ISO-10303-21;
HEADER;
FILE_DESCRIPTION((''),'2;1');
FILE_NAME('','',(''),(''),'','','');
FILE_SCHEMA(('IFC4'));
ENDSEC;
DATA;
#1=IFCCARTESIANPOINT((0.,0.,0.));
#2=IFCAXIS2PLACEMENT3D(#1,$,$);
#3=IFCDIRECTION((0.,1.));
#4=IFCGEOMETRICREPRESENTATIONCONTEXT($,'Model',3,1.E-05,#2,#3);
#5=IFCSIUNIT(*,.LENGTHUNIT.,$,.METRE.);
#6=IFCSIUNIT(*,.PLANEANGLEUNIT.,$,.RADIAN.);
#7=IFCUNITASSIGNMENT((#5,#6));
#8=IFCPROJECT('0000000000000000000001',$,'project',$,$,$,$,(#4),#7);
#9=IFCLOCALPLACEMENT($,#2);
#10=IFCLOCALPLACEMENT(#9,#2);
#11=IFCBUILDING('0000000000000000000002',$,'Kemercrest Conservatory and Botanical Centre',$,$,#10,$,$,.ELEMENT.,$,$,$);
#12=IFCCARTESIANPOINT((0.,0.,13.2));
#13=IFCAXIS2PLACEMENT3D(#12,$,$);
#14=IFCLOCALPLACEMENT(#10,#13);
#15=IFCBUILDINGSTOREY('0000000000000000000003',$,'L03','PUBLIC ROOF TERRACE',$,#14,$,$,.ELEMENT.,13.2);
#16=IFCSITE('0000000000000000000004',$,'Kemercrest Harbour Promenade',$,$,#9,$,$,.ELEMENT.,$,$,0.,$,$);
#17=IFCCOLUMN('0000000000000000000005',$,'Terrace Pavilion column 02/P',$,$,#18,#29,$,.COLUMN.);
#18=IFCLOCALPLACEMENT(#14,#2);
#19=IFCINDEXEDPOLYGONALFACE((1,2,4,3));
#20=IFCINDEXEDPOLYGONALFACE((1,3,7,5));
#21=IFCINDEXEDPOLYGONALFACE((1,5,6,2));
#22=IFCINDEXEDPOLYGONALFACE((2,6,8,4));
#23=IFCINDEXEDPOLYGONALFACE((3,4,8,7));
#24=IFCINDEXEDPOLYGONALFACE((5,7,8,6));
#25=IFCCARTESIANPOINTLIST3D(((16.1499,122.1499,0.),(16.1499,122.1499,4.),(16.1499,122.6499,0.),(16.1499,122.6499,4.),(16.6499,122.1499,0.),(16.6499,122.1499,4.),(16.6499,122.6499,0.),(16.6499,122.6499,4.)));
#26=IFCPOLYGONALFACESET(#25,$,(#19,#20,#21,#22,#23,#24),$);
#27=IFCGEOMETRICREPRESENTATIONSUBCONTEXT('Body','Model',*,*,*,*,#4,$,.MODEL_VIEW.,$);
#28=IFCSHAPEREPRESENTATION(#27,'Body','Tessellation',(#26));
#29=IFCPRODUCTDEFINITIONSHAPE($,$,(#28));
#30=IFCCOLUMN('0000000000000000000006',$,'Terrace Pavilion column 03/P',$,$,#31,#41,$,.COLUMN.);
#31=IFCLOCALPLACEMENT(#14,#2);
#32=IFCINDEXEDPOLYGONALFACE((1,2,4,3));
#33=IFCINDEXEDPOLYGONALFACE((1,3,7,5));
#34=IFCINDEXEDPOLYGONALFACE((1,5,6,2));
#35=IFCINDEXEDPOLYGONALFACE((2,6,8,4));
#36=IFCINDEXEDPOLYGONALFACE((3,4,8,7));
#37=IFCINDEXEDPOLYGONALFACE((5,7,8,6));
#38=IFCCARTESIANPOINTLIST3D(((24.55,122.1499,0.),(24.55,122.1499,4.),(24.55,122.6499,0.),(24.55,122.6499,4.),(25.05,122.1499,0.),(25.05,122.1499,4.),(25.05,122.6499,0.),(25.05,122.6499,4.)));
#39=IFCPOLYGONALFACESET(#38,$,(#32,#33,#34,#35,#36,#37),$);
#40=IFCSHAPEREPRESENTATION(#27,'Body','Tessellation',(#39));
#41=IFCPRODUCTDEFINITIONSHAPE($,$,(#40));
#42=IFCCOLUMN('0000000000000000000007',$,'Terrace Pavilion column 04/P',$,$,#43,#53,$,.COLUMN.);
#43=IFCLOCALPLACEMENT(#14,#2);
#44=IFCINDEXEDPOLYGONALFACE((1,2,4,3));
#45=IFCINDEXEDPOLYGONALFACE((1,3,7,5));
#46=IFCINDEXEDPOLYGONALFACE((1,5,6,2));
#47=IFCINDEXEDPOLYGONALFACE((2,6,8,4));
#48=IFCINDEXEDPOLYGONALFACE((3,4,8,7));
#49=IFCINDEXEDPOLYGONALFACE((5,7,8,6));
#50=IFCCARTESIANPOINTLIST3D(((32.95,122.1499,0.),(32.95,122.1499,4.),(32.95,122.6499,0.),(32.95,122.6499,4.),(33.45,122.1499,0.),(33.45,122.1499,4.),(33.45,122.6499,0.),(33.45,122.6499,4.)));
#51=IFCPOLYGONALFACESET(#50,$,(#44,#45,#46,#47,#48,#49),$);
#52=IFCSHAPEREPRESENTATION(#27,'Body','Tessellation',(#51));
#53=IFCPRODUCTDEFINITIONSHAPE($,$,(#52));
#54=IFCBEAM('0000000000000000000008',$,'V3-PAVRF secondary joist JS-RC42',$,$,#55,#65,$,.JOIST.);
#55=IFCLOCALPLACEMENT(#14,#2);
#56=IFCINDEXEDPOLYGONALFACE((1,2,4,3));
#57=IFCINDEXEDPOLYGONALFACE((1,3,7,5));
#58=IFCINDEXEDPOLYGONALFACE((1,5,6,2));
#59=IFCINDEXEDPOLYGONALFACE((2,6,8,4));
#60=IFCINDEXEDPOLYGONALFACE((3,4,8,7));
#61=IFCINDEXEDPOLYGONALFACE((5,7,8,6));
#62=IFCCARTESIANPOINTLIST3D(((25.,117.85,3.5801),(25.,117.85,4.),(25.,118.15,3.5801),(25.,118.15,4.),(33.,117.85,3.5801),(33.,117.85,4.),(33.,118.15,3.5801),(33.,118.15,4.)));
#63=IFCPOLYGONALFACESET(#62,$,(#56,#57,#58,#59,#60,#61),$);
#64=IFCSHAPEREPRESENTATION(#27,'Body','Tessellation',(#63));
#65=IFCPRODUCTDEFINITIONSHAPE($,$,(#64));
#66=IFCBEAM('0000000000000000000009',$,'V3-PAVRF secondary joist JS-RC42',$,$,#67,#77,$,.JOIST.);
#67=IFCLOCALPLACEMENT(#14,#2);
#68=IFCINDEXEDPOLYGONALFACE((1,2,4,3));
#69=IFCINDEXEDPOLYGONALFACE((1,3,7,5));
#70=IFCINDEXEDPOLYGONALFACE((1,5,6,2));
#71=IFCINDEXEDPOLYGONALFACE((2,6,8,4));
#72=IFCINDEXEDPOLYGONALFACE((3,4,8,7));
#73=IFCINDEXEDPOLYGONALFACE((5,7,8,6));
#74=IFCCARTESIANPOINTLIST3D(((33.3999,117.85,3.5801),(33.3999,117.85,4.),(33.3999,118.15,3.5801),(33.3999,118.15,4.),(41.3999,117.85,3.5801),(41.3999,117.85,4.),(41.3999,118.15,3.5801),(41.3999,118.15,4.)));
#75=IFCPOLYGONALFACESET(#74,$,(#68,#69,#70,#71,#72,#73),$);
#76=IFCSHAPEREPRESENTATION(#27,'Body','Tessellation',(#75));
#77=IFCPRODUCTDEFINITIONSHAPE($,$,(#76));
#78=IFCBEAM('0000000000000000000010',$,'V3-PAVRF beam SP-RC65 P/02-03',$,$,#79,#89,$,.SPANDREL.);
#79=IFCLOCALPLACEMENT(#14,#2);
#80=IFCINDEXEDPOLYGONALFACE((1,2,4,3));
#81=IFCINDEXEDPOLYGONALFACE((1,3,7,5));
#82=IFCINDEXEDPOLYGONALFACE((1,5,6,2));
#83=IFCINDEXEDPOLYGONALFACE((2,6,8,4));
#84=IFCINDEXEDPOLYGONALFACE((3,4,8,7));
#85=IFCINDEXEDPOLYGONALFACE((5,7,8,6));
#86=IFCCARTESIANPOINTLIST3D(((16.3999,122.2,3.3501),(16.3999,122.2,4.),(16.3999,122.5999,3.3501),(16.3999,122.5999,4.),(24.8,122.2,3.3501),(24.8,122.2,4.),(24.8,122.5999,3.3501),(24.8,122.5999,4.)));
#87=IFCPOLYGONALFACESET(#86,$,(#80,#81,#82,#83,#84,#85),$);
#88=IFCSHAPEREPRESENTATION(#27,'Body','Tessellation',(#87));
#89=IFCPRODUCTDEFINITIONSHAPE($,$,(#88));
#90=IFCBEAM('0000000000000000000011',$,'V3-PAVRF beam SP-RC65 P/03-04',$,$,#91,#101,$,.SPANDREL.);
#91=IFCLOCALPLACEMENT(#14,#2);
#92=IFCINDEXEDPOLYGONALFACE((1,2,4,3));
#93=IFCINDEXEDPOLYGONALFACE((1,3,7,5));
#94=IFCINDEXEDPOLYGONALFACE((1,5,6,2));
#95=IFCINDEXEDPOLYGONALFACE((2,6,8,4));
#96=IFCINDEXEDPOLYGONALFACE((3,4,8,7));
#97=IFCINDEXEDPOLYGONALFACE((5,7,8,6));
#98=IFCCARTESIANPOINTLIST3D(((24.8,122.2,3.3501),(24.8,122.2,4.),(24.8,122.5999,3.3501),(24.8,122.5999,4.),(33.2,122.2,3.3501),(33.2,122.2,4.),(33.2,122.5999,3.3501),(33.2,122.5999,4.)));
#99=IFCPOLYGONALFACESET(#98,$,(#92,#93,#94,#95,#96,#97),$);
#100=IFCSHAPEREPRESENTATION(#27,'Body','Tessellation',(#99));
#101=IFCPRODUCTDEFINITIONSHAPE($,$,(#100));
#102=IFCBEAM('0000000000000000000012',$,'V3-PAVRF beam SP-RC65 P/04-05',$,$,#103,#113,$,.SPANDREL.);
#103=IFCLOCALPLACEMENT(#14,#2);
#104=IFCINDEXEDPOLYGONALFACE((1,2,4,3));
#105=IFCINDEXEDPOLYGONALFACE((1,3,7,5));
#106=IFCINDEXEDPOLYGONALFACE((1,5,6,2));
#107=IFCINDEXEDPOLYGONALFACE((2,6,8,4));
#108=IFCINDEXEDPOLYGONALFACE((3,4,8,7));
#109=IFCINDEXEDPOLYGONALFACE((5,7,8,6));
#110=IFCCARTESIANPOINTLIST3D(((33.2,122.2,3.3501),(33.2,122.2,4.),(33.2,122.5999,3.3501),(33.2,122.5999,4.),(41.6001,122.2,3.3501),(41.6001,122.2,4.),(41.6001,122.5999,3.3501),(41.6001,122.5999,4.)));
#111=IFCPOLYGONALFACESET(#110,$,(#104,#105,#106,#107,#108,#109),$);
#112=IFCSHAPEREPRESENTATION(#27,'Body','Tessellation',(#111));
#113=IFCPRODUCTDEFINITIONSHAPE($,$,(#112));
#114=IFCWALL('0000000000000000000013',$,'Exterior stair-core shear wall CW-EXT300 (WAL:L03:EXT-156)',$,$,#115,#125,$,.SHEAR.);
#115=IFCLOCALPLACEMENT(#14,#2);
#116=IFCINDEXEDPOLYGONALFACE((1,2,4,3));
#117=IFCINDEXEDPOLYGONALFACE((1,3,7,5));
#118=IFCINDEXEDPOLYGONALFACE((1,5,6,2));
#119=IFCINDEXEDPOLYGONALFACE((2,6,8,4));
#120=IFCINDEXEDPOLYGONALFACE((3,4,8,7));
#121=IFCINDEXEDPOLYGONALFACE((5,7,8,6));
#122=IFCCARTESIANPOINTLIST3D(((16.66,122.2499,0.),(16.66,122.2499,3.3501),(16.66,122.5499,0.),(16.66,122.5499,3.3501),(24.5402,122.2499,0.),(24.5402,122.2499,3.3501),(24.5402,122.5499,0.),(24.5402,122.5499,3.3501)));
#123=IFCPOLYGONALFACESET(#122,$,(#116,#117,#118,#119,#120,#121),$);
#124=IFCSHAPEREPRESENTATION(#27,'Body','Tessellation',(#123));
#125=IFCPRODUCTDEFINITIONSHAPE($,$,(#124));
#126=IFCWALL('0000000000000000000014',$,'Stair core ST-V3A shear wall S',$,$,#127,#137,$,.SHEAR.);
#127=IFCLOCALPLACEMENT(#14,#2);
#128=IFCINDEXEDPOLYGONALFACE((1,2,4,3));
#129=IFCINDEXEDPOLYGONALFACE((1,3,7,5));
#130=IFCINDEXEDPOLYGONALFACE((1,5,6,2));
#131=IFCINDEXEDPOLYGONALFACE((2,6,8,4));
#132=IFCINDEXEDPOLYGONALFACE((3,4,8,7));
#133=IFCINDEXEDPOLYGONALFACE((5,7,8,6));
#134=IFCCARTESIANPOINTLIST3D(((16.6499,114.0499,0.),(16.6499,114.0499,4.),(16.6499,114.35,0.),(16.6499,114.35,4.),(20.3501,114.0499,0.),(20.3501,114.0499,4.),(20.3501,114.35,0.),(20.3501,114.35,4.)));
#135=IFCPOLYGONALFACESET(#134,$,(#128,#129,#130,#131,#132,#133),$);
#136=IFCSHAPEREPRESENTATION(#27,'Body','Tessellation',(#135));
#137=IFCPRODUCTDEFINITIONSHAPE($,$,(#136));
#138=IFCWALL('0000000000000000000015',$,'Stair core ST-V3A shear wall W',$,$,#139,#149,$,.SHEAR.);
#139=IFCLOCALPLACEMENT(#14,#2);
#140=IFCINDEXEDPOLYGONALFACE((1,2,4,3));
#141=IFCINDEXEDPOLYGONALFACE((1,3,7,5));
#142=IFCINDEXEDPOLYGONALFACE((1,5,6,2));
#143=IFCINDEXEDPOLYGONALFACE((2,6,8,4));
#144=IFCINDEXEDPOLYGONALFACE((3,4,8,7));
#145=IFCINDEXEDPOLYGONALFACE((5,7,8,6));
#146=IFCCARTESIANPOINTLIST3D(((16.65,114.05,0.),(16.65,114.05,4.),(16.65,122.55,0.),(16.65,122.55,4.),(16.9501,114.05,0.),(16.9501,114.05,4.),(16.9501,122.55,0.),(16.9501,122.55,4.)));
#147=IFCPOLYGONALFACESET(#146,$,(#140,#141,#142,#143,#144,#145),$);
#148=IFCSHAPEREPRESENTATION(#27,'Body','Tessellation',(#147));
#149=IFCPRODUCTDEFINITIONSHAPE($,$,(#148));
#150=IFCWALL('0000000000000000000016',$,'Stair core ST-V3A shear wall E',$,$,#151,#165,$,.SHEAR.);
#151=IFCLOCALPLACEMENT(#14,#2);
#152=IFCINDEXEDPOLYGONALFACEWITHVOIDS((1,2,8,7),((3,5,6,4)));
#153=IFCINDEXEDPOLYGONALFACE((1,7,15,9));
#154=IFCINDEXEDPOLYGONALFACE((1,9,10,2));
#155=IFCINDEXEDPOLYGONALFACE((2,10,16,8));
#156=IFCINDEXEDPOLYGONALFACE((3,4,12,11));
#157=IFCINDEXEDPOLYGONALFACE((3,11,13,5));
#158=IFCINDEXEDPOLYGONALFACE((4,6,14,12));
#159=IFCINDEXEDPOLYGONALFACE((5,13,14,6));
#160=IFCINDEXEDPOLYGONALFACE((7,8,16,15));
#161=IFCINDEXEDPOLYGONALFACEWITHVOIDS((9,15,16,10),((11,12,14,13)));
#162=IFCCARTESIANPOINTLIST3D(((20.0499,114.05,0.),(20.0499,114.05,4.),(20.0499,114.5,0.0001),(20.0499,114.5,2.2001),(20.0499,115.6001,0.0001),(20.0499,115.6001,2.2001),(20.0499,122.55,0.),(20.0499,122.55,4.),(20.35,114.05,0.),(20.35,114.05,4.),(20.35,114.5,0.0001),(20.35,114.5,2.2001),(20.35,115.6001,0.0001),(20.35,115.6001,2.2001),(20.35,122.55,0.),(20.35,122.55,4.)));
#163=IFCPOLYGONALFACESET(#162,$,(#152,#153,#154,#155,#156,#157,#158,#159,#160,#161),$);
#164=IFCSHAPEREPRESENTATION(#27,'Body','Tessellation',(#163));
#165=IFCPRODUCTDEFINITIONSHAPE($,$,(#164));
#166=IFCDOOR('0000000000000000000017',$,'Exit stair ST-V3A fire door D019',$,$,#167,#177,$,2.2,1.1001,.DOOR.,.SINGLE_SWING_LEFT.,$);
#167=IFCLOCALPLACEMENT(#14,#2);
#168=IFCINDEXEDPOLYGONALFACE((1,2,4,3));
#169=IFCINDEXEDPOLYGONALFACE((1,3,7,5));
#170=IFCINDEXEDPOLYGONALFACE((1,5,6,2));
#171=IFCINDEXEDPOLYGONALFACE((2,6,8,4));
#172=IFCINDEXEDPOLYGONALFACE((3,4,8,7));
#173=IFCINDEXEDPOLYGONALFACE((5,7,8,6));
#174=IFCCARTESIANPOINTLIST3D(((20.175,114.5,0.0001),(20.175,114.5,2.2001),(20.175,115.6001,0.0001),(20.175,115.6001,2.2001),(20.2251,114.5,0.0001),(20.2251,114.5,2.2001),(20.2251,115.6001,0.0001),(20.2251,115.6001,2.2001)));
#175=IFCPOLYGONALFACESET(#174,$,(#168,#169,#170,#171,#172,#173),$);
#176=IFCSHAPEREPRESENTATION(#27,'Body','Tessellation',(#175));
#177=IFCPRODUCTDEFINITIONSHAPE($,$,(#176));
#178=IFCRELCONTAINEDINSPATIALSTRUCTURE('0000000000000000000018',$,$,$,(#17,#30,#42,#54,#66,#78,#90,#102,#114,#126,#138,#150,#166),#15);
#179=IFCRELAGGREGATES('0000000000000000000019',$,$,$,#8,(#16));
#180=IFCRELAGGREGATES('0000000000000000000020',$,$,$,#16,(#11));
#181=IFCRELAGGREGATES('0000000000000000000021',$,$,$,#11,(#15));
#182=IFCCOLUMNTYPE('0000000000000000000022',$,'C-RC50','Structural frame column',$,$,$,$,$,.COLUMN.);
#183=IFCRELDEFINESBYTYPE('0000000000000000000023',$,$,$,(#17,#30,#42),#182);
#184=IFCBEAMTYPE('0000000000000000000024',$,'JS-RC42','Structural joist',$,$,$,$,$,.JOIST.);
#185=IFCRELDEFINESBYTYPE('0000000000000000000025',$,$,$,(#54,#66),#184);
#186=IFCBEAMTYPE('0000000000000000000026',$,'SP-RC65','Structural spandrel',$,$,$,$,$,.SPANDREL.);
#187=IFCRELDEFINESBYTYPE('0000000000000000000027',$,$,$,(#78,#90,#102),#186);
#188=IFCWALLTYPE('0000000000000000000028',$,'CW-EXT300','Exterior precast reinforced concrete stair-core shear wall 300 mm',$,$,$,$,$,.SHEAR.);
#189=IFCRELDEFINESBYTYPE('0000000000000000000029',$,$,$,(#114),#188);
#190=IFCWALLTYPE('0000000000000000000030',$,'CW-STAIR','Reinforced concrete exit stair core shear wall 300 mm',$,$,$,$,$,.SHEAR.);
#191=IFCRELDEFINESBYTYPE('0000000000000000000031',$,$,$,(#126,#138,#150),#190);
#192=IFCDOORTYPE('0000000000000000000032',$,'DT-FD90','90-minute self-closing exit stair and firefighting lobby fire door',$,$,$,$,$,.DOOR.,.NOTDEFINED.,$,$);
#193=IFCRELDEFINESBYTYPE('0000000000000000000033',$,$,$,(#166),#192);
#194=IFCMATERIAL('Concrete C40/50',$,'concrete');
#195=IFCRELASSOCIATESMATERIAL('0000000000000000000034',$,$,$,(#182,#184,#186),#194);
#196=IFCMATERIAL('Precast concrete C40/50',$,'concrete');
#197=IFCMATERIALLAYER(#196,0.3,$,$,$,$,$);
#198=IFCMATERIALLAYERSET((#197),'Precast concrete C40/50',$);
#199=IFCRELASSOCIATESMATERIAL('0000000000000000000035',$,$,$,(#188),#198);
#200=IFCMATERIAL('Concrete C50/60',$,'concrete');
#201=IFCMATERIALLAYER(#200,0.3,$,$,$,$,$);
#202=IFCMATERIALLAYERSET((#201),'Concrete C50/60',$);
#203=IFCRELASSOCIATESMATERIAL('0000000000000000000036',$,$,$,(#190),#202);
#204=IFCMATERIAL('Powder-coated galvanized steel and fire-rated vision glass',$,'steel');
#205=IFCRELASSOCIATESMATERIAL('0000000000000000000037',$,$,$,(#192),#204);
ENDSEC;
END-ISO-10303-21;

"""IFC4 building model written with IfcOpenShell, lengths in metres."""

from ifc_helpers import new_model, si_unit, direction, frame, frame_2d, origin, origin_2d, place, context, subcontext, project, spatial, rectangle, extrude, material, layer, layer_set, material_profile, profile_set, type_object, element, fill, save


model = new_model("IFC4")

# Units and contexts
model_context = context("Model", 3, precision=1e-05, world=origin(), true_north=direction((0.0, 1.0)))
body_context = subcontext(model_context, "Body", "Model", "MODEL_VIEW")
ifc_project = project(units=[si_unit("LENGTHUNIT", "METRE"), si_unit("PLANEANGLEUNIT", "RADIAN")], contexts=[model_context])

# Site, building, storey
site_placement = place(None, origin())
site = spatial("IfcSite", under=ifc_project, at=site_placement, Name="Kemercrest Harbour Promenade", CompositionType="ELEMENT", RefElevation=0.0)
building_placement = place(site_placement, origin())
building = spatial("IfcBuilding", under=site, at=building_placement, Name="Kemercrest Conservatory and Botanical Centre", CompositionType="ELEMENT")
storey_placement = place(building_placement, frame((0.0, 0.0, 13.2)))
storey = spatial("IfcBuildingStorey", under=building, at=storey_placement, Name="L03", Description="PUBLIC ROOF TERRACE", CompositionType="ELEMENT", Elevation=13.2)

# Columns
ifc_material_1 = material(Name="Concrete C40/50", Category="concrete")
ifc_material_profile_1 = material_profile(ifc_material_1, rectangle(XDim=0.5, YDim=0.5, at=origin_2d()), Name="RC 500x500")
ifc_profile_set_1 = profile_set([ifc_material_profile_1], Name="Concrete C40/50")
column_type = type_object("IfcColumnType", Name="C-RC50", Description="Structural frame column", PredefinedType="COLUMN", material=ifc_profile_set_1)
for number, where, z_axis, x_axis, name in (
    (1, (16.3999, 122.3999, 0.0), (0.0, 0.0, 1.0), (1.0, 0.0, 0.0), "Terrace Pavilion column 02/P"),
    (2, (24.8, 122.3999, 0.0), (0.0, 0.0, 1.0), (1.0, 0.0, 0.0), "Terrace Pavilion column 03/P"),
    (3, (33.2, 122.3999, 0.0), (0.0, 0.0, 1.0), (1.0, 0.0, 0.0), "Terrace Pavilion column 04/P"),
):
    element("IfcColumn", number, at=place(storey_placement, frame(where, z_axis=z_axis, x_axis=x_axis)), inside=storey, type_object=column_type, Name=name, PredefinedType="COLUMN", context=body_context, shape_type="SweptSolid", body=[
        extrude(rectangle(XDim=0.5, YDim=0.5, at=origin_2d()), origin(), (0.0, 0.0, 1.0), 4.0),
    ])

# Beams
ifc_material_profile_2 = material_profile(ifc_material_1, rectangle(XDim=0.3, YDim=0.4199, at=origin_2d()), Name="RC 300x420")
ifc_profile_set_2 = profile_set([ifc_material_profile_2], Name="Concrete C40/50")
beam_type_1 = type_object("IfcBeamType", Name="JS-RC42", Description="Structural joist", PredefinedType="JOIST", material=ifc_profile_set_2)
for number, where, z_axis, x_axis, name in (
    (4, (25.0, 118.0, 3.79), (1.0, 0.0, 0.0), (0.0, 1.0, 0.0), "V3-PAVRF secondary joist JS-RC42"),
    (5, (33.3999, 118.0, 3.79), (1.0, 0.0, 0.0), (0.0, 1.0, 0.0), "V3-PAVRF secondary joist JS-RC42"),
):
    element("IfcBeam", number, at=place(storey_placement, frame(where, z_axis=z_axis, x_axis=x_axis)), inside=storey, type_object=beam_type_1, Name=name, PredefinedType="JOIST", context=body_context, shape_type="SweptSolid", body=[
        extrude(rectangle(XDim=0.3, YDim=0.4199, at=origin_2d()), origin(), (0.0, 0.0, 1.0), 8.0),
    ])
ifc_material_profile_3 = material_profile(ifc_material_1, rectangle(XDim=0.3999, YDim=0.6499, at=origin_2d()), Name="RC 400x650")
ifc_profile_set_3 = profile_set([ifc_material_profile_3], Name="Concrete C40/50")
beam_type_2 = type_object("IfcBeamType", Name="SP-RC65", Description="Structural spandrel", PredefinedType="SPANDREL", material=ifc_profile_set_3)
beam_1_placement = place(storey_placement, frame((16.3999, 122.3999, 3.675), z_axis=(1.0, 0.0, 0.0), x_axis=(0.0, 1.0, 0.0)))
element("IfcBeam", 6, at=beam_1_placement, inside=storey, type_object=beam_type_2, Name="V3-PAVRF beam SP-RC65 P/02-03", PredefinedType="SPANDREL", context=body_context, shape_type="SweptSolid", body=[
    extrude(rectangle(XDim=0.3999, YDim=0.6499, at=origin_2d()), origin(), (0.0, 0.0, 1.0), 8.4001),
])
beam_2_placement = place(storey_placement, frame((24.8, 122.3999, 3.675), z_axis=(1.0, 0.0, 0.0), x_axis=(0.0, 1.0, 0.0)))
element("IfcBeam", 7, at=beam_2_placement, inside=storey, type_object=beam_type_2, Name="V3-PAVRF beam SP-RC65 P/03-04", PredefinedType="SPANDREL", context=body_context, shape_type="SweptSolid", body=[
    extrude(rectangle(XDim=0.3999, YDim=0.6499, at=origin_2d()), origin(), (0.0, 0.0, 1.0), 8.3999),
])
beam_3_placement = place(storey_placement, frame((33.2, 122.3999, 3.675), z_axis=(1.0, 0.0, 0.0), x_axis=(0.0, 1.0, 0.0)))
element("IfcBeam", 8, at=beam_3_placement, inside=storey, type_object=beam_type_2, Name="V3-PAVRF beam SP-RC65 P/04-05", PredefinedType="SPANDREL", context=body_context, shape_type="SweptSolid", body=[
    extrude(rectangle(XDim=0.3999, YDim=0.6499, at=origin_2d()), origin(), (0.0, 0.0, 1.0), 8.4001),
])

# Walls
ifc_material_2 = material(Name="Precast concrete C40/50", Category="concrete")
ifc_layer_1 = layer(ifc_material_2, 0.3)
ifc_layer_set_1 = layer_set([ifc_layer_1], Name="Precast concrete C40/50")
wall_type_1 = type_object("IfcWallType", Name="CW-EXT300", Description="Exterior precast reinforced concrete stair-core shear wall 300 mm", PredefinedType="SHEAR", material=ifc_layer_set_1)
wall_1_placement = place(storey_placement, frame((24.54, 122.3999, 0.0), z_axis=(0.0, 0.0, 1.0), x_axis=(-1.0, 0.0, 0.0)))
element("IfcWall", 9, at=wall_1_placement, inside=storey, type_object=wall_type_1, Name="Exterior stair-core shear wall CW-EXT300 (WAL:L03:EXT-156)", PredefinedType="SHEAR", context=body_context, shape_type="SweptSolid", body=[
    extrude(rectangle(XDim=7.8801, YDim=0.3, at=frame_2d((3.9399, 0.0))), origin(), (0.0, 0.0, 1.0), 3.3501),
])
ifc_material_3 = material(Name="Concrete C50/60", Category="concrete")
ifc_layer_2 = layer(ifc_material_3, 0.3)
ifc_layer_set_2 = layer_set([ifc_layer_2], Name="Concrete C50/60")
wall_type_2 = type_object("IfcWallType", Name="CW-STAIR", Description="Reinforced concrete exit stair core shear wall 300 mm", PredefinedType="SHEAR", material=ifc_layer_set_2)
wall_2_placement = place(storey_placement, frame((16.6499, 114.2, 0.0), z_axis=(0.0, 0.0, 1.0), x_axis=(1.0, 0.0, 0.0)))
element("IfcWall", 10, at=wall_2_placement, inside=storey, type_object=wall_type_2, Name="Stair core ST-V3A shear wall S", PredefinedType="SHEAR", context=body_context, shape_type="SweptSolid", body=[
    extrude(rectangle(XDim=3.7002, YDim=0.3, at=frame_2d((1.8501, 0.0))), origin(), (0.0, 0.0, 1.0), 4.0),
])
wall_3_placement = place(storey_placement, frame((16.8, 114.05, 0.0), z_axis=(0.0, 0.0, 1.0), x_axis=(0.0, 1.0, 0.0)))
element("IfcWall", 11, at=wall_3_placement, inside=storey, type_object=wall_type_2, Name="Stair core ST-V3A shear wall W", PredefinedType="SHEAR", context=body_context, shape_type="SweptSolid", body=[
    extrude(rectangle(XDim=8.5, YDim=0.3, at=frame_2d((4.25, 0.0))), origin(), (0.0, 0.0, 1.0), 4.0),
])

# Wall, opening, door
wall_4_placement = place(storey_placement, frame((20.2, 114.05, 0.0), z_axis=(0.0, 0.0, 1.0), x_axis=(0.0, 1.0, 0.0)))
wall_4 = element("IfcWall", 12, at=wall_4_placement, inside=storey, type_object=wall_type_2, Name="Stair core ST-V3A shear wall E", PredefinedType="SHEAR", context=body_context, shape_type="SweptSolid", body=[
    extrude(rectangle(XDim=8.5, YDim=0.3, at=frame_2d((4.25, 0.0))), origin(), (0.0, 0.0, 1.0), 4.0),
])
opening_1_placement = place(wall_4_placement, frame((0.45, 0.0, 0.0)))
opening_1 = element("IfcOpeningElement", 13, at=opening_1_placement, cuts=wall_4, PredefinedType="OPENING", context=body_context, shape_type="SweptSolid", body=[
    extrude(rectangle(XDim=1.1001, YDim=2.2, at=frame_2d((0.55, 1.1001))), frame((0.0, 0.1602, 0.0), z_axis=(0.0, -1.0, 0.0), x_axis=(1.0, 0.0, 0.0)), (0.0, 0.0, 1.0), 0.3201),
])
ifc_material_4 = material(Name="Powder-coated galvanized steel and fire-rated vision glass", Category="steel")
door_type_1 = type_object("IfcDoorType", Name="DT-FD90", Description="90-minute self-closing exit stair and firefighting lobby fire door", OperationType="NOTDEFINED", PredefinedType="DOOR", material=ifc_material_4)
door_1_placement = place(opening_1_placement, origin())
door_1 = element("IfcDoor", 14, at=door_1_placement, inside=storey, type_object=door_type_1, Name="Exit stair ST-V3A fire door D019", OperationType="SINGLE_SWING_LEFT", OverallHeight=2.2, OverallWidth=1.1001, PredefinedType="DOOR", context=body_context, shape_type="SweptSolid", body=[
    extrude(rectangle(XDim=1.1001, YDim=2.2, at=frame_2d((0.55, 1.1001))), frame((0.0, 0.0249, 0.0), z_axis=(0.0, -1.0, 0.0), x_axis=(1.0, 0.0, 0.0)), (0.0, 0.0, 1.0), 0.05),
])
fill(opening_1, door_1)

save(model, "model.ifc")
